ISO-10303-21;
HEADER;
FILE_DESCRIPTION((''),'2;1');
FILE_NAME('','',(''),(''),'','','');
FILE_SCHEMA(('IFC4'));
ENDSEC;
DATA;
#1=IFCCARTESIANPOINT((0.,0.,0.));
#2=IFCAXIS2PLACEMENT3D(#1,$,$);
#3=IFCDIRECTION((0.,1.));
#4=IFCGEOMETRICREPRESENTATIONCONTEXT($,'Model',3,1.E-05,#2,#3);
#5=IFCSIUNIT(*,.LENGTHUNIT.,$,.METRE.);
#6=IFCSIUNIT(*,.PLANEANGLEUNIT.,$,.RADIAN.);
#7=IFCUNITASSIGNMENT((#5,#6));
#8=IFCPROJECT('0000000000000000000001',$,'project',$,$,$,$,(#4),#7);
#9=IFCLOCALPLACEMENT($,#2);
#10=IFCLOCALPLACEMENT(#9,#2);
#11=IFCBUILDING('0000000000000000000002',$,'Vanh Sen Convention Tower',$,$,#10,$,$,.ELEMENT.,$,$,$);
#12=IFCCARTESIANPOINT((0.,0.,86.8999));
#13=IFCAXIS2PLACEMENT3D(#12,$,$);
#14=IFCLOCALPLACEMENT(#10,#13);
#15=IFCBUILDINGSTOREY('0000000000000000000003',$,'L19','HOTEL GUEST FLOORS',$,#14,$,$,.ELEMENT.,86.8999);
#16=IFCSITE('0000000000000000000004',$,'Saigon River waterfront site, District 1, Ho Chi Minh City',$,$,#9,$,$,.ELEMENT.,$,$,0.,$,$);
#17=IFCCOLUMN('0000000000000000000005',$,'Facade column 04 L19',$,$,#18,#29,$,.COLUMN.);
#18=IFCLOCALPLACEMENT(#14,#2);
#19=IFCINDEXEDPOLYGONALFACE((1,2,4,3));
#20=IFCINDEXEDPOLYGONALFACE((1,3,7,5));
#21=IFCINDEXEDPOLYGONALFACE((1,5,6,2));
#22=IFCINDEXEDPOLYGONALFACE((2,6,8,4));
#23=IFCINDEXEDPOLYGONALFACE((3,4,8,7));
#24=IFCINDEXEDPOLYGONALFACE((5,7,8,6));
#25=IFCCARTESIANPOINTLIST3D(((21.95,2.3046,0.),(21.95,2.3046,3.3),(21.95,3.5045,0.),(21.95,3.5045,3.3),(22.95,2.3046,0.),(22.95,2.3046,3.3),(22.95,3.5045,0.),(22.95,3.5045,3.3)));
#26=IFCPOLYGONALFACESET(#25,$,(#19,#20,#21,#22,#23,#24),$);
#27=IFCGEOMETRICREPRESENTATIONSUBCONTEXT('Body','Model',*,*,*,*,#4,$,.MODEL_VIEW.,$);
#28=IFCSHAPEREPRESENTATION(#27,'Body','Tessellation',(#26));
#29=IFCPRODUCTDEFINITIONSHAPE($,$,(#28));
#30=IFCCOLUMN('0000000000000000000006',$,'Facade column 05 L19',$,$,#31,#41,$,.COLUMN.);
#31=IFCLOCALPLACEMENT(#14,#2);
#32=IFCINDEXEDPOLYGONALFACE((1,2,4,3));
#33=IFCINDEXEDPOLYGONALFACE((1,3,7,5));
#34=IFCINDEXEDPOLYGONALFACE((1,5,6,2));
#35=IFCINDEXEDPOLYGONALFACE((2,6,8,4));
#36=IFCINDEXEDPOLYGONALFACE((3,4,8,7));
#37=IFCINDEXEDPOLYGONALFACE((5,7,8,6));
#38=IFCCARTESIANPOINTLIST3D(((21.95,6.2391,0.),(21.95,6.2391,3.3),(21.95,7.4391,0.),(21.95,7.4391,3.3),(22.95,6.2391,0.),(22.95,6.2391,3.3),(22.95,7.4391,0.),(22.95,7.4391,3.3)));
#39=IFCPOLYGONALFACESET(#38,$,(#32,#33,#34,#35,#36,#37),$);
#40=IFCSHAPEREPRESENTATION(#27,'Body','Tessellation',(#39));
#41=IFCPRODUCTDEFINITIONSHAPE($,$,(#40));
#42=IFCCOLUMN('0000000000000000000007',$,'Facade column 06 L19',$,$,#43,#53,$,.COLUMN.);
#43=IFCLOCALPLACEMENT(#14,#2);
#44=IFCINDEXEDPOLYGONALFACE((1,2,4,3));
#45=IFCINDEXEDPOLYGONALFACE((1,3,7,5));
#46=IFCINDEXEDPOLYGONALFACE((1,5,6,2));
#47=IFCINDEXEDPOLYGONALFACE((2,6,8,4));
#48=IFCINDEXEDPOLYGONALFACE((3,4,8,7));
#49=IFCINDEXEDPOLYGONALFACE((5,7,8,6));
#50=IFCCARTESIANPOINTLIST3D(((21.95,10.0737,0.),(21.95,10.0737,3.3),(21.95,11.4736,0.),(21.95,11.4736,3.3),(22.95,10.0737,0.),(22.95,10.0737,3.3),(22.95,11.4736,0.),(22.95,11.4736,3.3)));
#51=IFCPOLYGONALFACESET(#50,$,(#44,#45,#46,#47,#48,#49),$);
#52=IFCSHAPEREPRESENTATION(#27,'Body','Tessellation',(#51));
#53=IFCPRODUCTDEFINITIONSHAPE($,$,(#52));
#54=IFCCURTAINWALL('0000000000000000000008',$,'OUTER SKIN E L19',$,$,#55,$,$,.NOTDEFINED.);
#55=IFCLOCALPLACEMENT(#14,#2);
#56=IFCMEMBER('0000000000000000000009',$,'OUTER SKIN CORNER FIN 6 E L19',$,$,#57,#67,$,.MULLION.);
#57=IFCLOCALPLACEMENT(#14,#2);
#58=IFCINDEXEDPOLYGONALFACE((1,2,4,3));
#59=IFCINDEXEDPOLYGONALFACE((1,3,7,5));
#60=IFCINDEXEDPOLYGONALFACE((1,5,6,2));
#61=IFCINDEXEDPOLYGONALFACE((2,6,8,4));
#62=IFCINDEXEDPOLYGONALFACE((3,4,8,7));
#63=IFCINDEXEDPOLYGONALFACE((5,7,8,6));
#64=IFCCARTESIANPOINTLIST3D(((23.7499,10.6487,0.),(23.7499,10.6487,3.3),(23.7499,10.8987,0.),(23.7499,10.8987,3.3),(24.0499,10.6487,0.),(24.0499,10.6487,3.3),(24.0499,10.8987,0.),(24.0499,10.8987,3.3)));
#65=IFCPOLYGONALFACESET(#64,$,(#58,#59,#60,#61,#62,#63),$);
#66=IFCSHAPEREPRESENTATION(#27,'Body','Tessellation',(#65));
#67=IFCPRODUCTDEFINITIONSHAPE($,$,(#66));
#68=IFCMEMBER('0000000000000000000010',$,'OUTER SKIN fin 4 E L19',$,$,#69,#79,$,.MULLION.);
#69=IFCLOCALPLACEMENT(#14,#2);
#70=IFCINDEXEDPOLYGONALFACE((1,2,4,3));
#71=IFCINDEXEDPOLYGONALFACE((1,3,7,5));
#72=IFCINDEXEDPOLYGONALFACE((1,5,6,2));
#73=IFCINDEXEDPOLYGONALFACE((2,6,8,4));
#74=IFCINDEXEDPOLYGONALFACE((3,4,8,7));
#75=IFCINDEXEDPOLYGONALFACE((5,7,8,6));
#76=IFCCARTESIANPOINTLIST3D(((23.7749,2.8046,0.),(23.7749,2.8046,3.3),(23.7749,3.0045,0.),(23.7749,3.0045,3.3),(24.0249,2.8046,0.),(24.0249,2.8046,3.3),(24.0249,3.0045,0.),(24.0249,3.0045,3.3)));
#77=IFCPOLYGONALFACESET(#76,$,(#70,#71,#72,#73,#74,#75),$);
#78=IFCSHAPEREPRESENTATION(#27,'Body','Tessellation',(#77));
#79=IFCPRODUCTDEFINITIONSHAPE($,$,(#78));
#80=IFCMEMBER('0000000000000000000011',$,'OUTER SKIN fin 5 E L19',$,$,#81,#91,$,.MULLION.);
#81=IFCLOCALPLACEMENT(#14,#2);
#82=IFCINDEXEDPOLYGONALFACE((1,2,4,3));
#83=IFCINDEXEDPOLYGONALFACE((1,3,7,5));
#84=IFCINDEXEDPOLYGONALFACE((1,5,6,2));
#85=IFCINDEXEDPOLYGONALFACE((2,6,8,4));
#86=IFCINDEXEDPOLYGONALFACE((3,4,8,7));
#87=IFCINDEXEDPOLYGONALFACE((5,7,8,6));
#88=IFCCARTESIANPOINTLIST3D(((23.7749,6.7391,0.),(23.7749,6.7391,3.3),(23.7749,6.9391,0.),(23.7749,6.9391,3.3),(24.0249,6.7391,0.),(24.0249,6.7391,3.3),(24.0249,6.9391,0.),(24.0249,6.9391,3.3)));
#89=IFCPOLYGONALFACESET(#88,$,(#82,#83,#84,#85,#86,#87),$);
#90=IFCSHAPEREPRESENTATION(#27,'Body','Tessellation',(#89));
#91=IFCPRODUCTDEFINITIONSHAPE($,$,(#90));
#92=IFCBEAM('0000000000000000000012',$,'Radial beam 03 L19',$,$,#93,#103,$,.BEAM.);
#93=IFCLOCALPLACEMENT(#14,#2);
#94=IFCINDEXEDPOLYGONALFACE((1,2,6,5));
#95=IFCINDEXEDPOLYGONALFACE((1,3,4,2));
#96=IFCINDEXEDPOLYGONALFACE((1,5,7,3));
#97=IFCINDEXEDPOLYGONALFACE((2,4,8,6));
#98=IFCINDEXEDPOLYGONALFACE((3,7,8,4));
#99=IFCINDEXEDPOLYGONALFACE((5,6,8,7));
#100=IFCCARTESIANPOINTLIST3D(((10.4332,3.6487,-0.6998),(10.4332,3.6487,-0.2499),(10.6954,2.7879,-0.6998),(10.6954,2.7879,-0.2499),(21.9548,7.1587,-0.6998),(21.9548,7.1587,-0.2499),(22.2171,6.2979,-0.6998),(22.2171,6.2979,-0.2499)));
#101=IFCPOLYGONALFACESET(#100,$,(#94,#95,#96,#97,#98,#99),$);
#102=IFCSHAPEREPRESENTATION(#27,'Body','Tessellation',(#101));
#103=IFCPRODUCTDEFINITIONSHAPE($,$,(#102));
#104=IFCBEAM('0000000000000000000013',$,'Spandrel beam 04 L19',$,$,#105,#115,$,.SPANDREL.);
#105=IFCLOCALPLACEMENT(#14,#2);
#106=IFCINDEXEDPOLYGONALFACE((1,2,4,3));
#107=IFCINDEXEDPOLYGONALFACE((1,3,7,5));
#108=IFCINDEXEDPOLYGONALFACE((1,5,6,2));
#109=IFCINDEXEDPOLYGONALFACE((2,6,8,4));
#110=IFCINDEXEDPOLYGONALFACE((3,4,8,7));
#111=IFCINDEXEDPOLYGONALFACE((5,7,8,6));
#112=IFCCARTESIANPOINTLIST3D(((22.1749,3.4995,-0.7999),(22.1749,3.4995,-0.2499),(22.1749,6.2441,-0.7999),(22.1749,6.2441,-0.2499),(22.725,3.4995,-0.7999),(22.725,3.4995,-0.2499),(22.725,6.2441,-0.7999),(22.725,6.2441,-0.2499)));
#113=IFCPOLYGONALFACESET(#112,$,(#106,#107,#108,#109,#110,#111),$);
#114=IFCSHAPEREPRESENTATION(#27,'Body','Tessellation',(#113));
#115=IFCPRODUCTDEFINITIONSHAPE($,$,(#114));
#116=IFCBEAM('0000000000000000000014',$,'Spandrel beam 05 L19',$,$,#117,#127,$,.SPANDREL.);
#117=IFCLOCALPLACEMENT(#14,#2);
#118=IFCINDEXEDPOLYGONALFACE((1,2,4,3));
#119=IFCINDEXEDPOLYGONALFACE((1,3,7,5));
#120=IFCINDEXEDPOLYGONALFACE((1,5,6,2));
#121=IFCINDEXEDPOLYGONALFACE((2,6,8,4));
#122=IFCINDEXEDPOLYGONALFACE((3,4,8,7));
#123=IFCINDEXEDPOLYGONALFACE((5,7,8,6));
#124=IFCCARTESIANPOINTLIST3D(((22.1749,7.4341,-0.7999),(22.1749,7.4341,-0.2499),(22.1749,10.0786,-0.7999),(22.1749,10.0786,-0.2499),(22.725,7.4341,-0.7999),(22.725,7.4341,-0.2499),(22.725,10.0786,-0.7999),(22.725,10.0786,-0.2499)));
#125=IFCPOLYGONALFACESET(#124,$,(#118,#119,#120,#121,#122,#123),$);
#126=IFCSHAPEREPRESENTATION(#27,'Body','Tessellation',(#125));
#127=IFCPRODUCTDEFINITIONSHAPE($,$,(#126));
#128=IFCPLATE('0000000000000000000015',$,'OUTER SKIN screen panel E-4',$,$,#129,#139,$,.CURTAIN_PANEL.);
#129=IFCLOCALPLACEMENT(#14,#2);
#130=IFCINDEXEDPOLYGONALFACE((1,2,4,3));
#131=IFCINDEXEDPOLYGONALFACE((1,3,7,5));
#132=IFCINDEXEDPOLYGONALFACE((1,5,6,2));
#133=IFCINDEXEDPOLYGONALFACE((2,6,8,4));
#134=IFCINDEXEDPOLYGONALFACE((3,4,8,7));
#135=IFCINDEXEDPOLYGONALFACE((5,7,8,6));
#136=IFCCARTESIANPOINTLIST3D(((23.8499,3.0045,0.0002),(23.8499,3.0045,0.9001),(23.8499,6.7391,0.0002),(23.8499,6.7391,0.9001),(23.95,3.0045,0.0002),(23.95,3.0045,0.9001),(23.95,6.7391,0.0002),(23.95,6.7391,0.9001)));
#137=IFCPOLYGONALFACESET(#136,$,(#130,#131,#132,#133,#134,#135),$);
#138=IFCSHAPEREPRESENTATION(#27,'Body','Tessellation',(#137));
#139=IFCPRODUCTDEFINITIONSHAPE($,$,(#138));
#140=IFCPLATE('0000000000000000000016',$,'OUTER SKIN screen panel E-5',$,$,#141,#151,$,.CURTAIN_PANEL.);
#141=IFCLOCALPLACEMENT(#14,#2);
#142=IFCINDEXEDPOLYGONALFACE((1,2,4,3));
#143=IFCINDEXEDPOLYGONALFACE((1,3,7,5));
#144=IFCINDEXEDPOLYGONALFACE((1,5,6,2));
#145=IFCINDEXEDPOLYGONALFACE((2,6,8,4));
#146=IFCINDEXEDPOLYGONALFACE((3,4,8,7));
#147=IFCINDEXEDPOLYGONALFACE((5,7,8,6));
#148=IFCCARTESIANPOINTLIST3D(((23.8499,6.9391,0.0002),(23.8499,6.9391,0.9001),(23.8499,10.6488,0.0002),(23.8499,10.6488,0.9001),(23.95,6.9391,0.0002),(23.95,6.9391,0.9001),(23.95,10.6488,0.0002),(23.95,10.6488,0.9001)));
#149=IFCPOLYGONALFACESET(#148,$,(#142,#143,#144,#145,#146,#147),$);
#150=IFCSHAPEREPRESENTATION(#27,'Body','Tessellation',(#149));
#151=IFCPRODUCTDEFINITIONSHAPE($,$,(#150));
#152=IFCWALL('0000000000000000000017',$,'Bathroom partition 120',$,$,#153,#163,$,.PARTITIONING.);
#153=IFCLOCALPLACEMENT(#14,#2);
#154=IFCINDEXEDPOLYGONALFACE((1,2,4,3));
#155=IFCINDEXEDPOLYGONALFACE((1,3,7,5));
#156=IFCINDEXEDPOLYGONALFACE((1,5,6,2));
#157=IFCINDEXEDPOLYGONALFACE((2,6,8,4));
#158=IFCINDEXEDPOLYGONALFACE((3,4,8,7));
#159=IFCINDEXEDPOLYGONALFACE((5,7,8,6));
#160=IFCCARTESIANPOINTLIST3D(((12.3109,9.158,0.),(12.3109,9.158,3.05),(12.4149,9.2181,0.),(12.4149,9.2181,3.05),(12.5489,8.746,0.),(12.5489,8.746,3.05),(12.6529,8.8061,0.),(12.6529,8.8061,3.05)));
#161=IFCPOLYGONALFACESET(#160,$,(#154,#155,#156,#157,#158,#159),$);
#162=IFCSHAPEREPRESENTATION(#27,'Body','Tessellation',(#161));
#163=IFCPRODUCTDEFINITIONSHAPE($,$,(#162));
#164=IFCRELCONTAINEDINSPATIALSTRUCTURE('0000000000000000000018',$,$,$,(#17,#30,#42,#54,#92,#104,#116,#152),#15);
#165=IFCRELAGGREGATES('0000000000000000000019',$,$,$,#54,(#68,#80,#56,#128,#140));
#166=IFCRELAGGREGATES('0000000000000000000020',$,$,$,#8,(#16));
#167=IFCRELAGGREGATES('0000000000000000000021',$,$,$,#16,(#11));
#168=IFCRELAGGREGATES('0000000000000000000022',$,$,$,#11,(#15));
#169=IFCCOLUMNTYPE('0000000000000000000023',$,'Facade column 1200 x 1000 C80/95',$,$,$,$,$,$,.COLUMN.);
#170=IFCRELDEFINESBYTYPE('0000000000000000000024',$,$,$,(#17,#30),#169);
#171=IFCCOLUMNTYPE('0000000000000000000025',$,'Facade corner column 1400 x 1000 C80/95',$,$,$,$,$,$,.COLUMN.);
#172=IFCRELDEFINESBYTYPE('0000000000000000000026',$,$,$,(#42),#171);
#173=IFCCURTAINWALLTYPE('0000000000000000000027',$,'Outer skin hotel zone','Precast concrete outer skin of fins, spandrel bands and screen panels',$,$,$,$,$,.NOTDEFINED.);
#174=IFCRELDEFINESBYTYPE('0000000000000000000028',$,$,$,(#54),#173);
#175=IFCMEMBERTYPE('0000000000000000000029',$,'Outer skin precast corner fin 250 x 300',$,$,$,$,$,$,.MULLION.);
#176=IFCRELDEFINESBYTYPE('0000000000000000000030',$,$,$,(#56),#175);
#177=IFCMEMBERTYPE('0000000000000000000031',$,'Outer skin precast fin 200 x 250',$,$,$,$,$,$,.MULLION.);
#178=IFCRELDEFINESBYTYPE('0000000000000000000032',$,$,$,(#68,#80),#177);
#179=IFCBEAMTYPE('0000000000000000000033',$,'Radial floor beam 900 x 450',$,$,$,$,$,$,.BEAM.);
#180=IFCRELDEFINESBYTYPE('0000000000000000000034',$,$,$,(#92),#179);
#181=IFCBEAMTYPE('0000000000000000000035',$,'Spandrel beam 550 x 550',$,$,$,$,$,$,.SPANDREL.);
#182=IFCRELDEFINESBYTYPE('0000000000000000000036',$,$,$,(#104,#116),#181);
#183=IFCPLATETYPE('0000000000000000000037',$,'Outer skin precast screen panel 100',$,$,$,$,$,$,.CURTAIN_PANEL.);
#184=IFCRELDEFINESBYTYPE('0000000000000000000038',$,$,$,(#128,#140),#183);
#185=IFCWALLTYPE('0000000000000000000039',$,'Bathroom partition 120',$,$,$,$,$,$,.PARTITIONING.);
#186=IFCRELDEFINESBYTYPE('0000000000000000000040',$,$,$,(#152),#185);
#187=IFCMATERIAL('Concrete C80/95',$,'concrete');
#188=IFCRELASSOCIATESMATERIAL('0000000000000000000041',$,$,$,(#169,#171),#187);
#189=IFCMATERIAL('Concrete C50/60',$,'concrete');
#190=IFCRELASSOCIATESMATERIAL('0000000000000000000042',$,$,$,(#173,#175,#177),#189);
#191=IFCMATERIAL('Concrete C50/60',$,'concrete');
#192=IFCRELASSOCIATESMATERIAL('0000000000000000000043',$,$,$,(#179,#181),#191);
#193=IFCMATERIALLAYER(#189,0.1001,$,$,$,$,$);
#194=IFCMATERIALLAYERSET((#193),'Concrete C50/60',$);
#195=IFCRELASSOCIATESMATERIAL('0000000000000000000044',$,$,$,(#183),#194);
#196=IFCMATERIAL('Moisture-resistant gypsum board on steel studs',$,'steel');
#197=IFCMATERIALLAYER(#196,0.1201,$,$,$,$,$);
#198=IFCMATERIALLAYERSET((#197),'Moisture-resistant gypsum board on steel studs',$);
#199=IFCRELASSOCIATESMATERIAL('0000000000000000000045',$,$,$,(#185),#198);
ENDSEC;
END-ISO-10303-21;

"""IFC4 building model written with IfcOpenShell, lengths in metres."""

from ifc_helpers import new_model, si_unit, direction, frame, frame_2d, origin, origin_2d, place, context, subcontext, project, spatial, rectangle, extrude, material, layer, layer_set, material_profile, profile_set, type_object, element, aggregate, save


model = new_model("IFC4")

# Units and contexts
model_context = context("Model", 3, precision=1e-05, world=origin(), true_north=direction((0.0, 1.0)))
body_context = subcontext(model_context, "Body", "Model", "MODEL_VIEW")
ifc_project = project(units=[si_unit("LENGTHUNIT", "METRE"), si_unit("PLANEANGLEUNIT", "RADIAN")], contexts=[model_context])

# Site, building, storey
site_placement = place(None, origin())
site = spatial("IfcSite", under=ifc_project, at=site_placement, Name="Saigon River waterfront site, District 1, Ho Chi Minh City", CompositionType="ELEMENT", RefElevation=0.0)
building_placement = place(site_placement, origin())
building = spatial("IfcBuilding", under=site, at=building_placement, Name="Vanh Sen Convention Tower", CompositionType="ELEMENT")
storey_placement = place(building_placement, frame((0.0, 0.0, 86.8999)))
storey = spatial("IfcBuildingStorey", under=building, at=storey_placement, Name="L19", Description="HOTEL GUEST FLOORS", CompositionType="ELEMENT", Elevation=86.8999)

# Columns
ifc_material_1 = material(Name="Concrete C80/95", Category="concrete")
ifc_material_profile_1 = material_profile(ifc_material_1, rectangle(XDim=1.2, YDim=1.0, at=origin_2d()), Name="RC 1200X1000")
ifc_profile_set_1 = profile_set([ifc_material_profile_1], Name="Concrete C80/95")
column_type_1 = type_object("IfcColumnType", Name="Facade column 1200 x 1000 C80/95", PredefinedType="COLUMN", material=ifc_profile_set_1)
for number, where, z_axis, x_axis, name in (
    (1, (22.45, 2.9045, 0.0), (0.0, 0.0, 1.0), (0.0, 1.0, 0.0), "Facade column 04 L19"),
    (2, (22.45, 6.8391, 0.0), (0.0, 0.0, 1.0), (0.0, 1.0, 0.0), "Facade column 05 L19"),
):
    element("IfcColumn", number, at=place(storey_placement, frame(where, z_axis=z_axis, x_axis=x_axis)), inside=storey, type_object=column_type_1, Name=name, PredefinedType="COLUMN", context=body_context, shape_type="SweptSolid", body=[
        extrude(rectangle(XDim=1.2, YDim=1.0, at=origin_2d()), origin(), (0.0, 0.0, 1.0), 3.3),
    ])
ifc_material_profile_2 = material_profile(ifc_material_1, rectangle(XDim=1.3999, YDim=1.0, at=origin_2d()), Name="RC 1400X1000")
ifc_profile_set_2 = profile_set([ifc_material_profile_2], Name="Concrete C80/95")
column_type_2 = type_object("IfcColumnType", Name="Facade corner column 1400 x 1000 C80/95", PredefinedType="COLUMN", material=ifc_profile_set_2)
column_placement = place(storey_placement, frame((22.45, 10.7737, 0.0), z_axis=(0.0, 0.0, 1.0), x_axis=(0.0, 1.0, 0.0)))
element("IfcColumn", 3, at=column_placement, inside=storey, type_object=column_type_2, Name="Facade column 06 L19", PredefinedType="COLUMN", context=body_context, shape_type="SweptSolid", body=[
    extrude(rectangle(XDim=1.3999, YDim=1.0, at=origin_2d()), origin(), (0.0, 0.0, 1.0), 3.3),
])

# Curtain wall, members
ifc_material_2 = material(Name="Concrete C50/60", Category="concrete")
curtain_wall_type = type_object("IfcCurtainWallType", Name="Outer skin hotel zone", Description="Precast concrete outer skin of fins, spandrel bands and screen panels", PredefinedType="NOTDEFINED", material=ifc_material_2)
curtain_wall_placement = place(storey_placement, origin())
curtain_wall = element("IfcCurtainWall", 4, at=curtain_wall_placement, inside=storey, type_object=curtain_wall_type, Name="OUTER SKIN E L19", PredefinedType="NOTDEFINED")
ifc_material_profile_3 = material_profile(ifc_material_2, rectangle(XDim=0.25, YDim=0.3, at=origin_2d()), Name="Outer skin precast corner fin 250 x 300")
ifc_profile_set_3 = profile_set([ifc_material_profile_3], Name="Concrete C50/60")
member_type_1 = type_object("IfcMemberType", Name="Outer skin precast corner fin 250 x 300", PredefinedType="MULLION", material=ifc_profile_set_3)
member_1_placement = place(storey_placement, frame((23.8999, 10.7737, 0.0), z_axis=(0.0, 0.0, 1.0), x_axis=(0.0, 1.0, 0.0)))
member_1 = element("IfcMember", 5, at=member_1_placement, type_object=member_type_1, Name="OUTER SKIN CORNER FIN 6 E L19", PredefinedType="MULLION", context=body_context, shape_type="SweptSolid", body=[
    extrude(rectangle(XDim=0.25, YDim=0.3, at=origin_2d()), origin(), (0.0, 0.0, 1.0), 3.3),
])
ifc_material_profile_4 = material_profile(ifc_material_2, rectangle(XDim=0.2, YDim=0.25, at=origin_2d()), Name="Outer skin precast fin 200 x 250")
ifc_profile_set_4 = profile_set([ifc_material_profile_4], Name="Concrete C50/60")
member_type_2 = type_object("IfcMemberType", Name="Outer skin precast fin 200 x 250", PredefinedType="MULLION", material=ifc_profile_set_4)
member_2_placement = place(storey_placement, frame((23.8999, 2.9045, 0.0), z_axis=(0.0, 0.0, 1.0), x_axis=(0.0, 1.0, 0.0)))
member_2 = element("IfcMember", 6, at=member_2_placement, type_object=member_type_2, Name="OUTER SKIN fin 4 E L19", PredefinedType="MULLION", context=body_context, shape_type="SweptSolid", body=[
    extrude(rectangle(XDim=0.2, YDim=0.25, at=origin_2d()), origin(), (0.0, 0.0, 1.0), 3.3),
])
member_3_placement = place(storey_placement, frame((23.8999, 6.8391, 0.0), z_axis=(0.0, 0.0, 1.0), x_axis=(0.0, 1.0, 0.0)))
member_3 = element("IfcMember", 7, at=member_3_placement, type_object=member_type_2, Name="OUTER SKIN fin 5 E L19", PredefinedType="MULLION", context=body_context, shape_type="SweptSolid", body=[
    extrude(rectangle(XDim=0.2, YDim=0.25, at=origin_2d()), origin(), (0.0, 0.0, 1.0), 3.3),
])

# Beams
ifc_material_3 = material(Name="Concrete C50/60", Category="concrete")
ifc_material_profile_5 = material_profile(ifc_material_3, rectangle(XDim=0.8999, YDim=0.45, at=origin_2d()), Name="RC 900X450")
ifc_profile_set_5 = profile_set([ifc_material_profile_5], Name="Concrete C50/60")
beam_type_1 = type_object("IfcBeamType", Name="Radial floor beam 900 x 450", PredefinedType="BEAM", material=ifc_profile_set_5)
beam_1_placement = place(storey_placement, frame((22.0859, 6.7283, -0.4749), z_axis=(-0.956595, -0.29142, 0.0), x_axis=(0.29142, -0.956595, 0.0)))
element("IfcBeam", 8, at=beam_1_placement, inside=storey, type_object=beam_type_1, Name="Radial beam 03 L19", PredefinedType="BEAM", context=body_context, shape_type="SweptSolid", body=[
    extrude(rectangle(XDim=0.8999, YDim=0.45, at=origin_2d()), origin(), (0.0, 0.0, 1.0), 12.0444),
])
ifc_material_profile_6 = material_profile(ifc_material_3, rectangle(XDim=0.55, YDim=0.55, at=origin_2d()), Name="RC 550X550")
ifc_profile_set_6 = profile_set([ifc_material_profile_6], Name="Concrete C50/60")
beam_type_2 = type_object("IfcBeamType", Name="Spandrel beam 550 x 550", PredefinedType="SPANDREL", material=ifc_profile_set_6)
beam_2_placement = place(storey_placement, frame((22.45, 3.4995, -0.5249), z_axis=(0.0, 1.0, 0.0), x_axis=(-1.0, 0.0, 0.0)))
element("IfcBeam", 9, at=beam_2_placement, inside=storey, type_object=beam_type_2, Name="Spandrel beam 04 L19", PredefinedType="SPANDREL", context=body_context, shape_type="SweptSolid", body=[
    extrude(rectangle(XDim=0.55, YDim=0.55, at=origin_2d()), origin(), (0.0, 0.0, 1.0), 2.7446),
])
beam_3_placement = place(storey_placement, frame((22.45, 7.4341, -0.5249), z_axis=(0.0, 1.0, 0.0), x_axis=(-1.0, 0.0, 0.0)))
element("IfcBeam", 10, at=beam_3_placement, inside=storey, type_object=beam_type_2, Name="Spandrel beam 05 L19", PredefinedType="SPANDREL", context=body_context, shape_type="SweptSolid", body=[
    extrude(rectangle(XDim=0.55, YDim=0.55, at=origin_2d()), origin(), (0.0, 0.0, 1.0), 2.6445),
])

# Plates
ifc_layer_1 = layer(ifc_material_2, 0.1001)
ifc_layer_set_1 = layer_set([ifc_layer_1], Name="Concrete C50/60")
plate_type = type_object("IfcPlateType", Name="Outer skin precast screen panel 100", PredefinedType="CURTAIN_PANEL", material=ifc_layer_set_1)
plate_1_placement = place(storey_placement, frame((23.8999, 4.8718, 0.0002), z_axis=(0.0, 0.0, 1.0), x_axis=(0.0, 1.0, 0.0)))
plate_1 = element("IfcPlate", 11, at=plate_1_placement, type_object=plate_type, Name="OUTER SKIN screen panel E-4", PredefinedType="CURTAIN_PANEL", context=body_context, shape_type="SweptSolid", body=[
    extrude(rectangle(XDim=3.7346, YDim=0.1001, at=origin_2d()), origin(), (0.0, 0.0, 1.0), 0.8999),
])
plate_2_placement = place(storey_placement, frame((23.8999, 8.7939, 0.0002), z_axis=(0.0, 0.0, 1.0), x_axis=(0.0, 1.0, 0.0)))
plate_2 = element("IfcPlate", 12, at=plate_2_placement, type_object=plate_type, Name="OUTER SKIN screen panel E-5", PredefinedType="CURTAIN_PANEL", context=body_context, shape_type="SweptSolid", body=[
    extrude(rectangle(XDim=3.7097, YDim=0.1001, at=origin_2d()), origin(), (0.0, 0.0, 1.0), 0.8999),
])
aggregate(curtain_wall, [member_2, member_3, member_1, plate_1, plate_2])

# Wall
ifc_material_4 = material(Name="Moisture-resistant gypsum board on steel studs", Category="steel")
ifc_layer_2 = layer(ifc_material_4, 0.1201)
ifc_layer_set_2 = layer_set([ifc_layer_2], Name="Moisture-resistant gypsum board on steel studs")
wall_type_1 = type_object("IfcWallType", Name="Bathroom partition 120", PredefinedType="PARTITIONING", material=ifc_layer_set_2)
wall_1_placement = place(storey_placement, frame((12.6008, 8.7761, 0.0), z_axis=(0.0, 0.0, 1.0), x_axis=(-0.500166, 0.865929, 0.0)))
element("IfcWall", 13, at=wall_1_placement, inside=storey, type_object=wall_type_1, Name="Bathroom partition 120", PredefinedType="PARTITIONING", context=body_context, shape_type="SweptSolid", body=[
    extrude(rectangle(XDim=0.4758, YDim=0.1201, at=frame_2d((0.2378, 0.0))), origin(), (0.0, 0.0, 1.0), 3.05),
])

save(model, "model.ifc")
